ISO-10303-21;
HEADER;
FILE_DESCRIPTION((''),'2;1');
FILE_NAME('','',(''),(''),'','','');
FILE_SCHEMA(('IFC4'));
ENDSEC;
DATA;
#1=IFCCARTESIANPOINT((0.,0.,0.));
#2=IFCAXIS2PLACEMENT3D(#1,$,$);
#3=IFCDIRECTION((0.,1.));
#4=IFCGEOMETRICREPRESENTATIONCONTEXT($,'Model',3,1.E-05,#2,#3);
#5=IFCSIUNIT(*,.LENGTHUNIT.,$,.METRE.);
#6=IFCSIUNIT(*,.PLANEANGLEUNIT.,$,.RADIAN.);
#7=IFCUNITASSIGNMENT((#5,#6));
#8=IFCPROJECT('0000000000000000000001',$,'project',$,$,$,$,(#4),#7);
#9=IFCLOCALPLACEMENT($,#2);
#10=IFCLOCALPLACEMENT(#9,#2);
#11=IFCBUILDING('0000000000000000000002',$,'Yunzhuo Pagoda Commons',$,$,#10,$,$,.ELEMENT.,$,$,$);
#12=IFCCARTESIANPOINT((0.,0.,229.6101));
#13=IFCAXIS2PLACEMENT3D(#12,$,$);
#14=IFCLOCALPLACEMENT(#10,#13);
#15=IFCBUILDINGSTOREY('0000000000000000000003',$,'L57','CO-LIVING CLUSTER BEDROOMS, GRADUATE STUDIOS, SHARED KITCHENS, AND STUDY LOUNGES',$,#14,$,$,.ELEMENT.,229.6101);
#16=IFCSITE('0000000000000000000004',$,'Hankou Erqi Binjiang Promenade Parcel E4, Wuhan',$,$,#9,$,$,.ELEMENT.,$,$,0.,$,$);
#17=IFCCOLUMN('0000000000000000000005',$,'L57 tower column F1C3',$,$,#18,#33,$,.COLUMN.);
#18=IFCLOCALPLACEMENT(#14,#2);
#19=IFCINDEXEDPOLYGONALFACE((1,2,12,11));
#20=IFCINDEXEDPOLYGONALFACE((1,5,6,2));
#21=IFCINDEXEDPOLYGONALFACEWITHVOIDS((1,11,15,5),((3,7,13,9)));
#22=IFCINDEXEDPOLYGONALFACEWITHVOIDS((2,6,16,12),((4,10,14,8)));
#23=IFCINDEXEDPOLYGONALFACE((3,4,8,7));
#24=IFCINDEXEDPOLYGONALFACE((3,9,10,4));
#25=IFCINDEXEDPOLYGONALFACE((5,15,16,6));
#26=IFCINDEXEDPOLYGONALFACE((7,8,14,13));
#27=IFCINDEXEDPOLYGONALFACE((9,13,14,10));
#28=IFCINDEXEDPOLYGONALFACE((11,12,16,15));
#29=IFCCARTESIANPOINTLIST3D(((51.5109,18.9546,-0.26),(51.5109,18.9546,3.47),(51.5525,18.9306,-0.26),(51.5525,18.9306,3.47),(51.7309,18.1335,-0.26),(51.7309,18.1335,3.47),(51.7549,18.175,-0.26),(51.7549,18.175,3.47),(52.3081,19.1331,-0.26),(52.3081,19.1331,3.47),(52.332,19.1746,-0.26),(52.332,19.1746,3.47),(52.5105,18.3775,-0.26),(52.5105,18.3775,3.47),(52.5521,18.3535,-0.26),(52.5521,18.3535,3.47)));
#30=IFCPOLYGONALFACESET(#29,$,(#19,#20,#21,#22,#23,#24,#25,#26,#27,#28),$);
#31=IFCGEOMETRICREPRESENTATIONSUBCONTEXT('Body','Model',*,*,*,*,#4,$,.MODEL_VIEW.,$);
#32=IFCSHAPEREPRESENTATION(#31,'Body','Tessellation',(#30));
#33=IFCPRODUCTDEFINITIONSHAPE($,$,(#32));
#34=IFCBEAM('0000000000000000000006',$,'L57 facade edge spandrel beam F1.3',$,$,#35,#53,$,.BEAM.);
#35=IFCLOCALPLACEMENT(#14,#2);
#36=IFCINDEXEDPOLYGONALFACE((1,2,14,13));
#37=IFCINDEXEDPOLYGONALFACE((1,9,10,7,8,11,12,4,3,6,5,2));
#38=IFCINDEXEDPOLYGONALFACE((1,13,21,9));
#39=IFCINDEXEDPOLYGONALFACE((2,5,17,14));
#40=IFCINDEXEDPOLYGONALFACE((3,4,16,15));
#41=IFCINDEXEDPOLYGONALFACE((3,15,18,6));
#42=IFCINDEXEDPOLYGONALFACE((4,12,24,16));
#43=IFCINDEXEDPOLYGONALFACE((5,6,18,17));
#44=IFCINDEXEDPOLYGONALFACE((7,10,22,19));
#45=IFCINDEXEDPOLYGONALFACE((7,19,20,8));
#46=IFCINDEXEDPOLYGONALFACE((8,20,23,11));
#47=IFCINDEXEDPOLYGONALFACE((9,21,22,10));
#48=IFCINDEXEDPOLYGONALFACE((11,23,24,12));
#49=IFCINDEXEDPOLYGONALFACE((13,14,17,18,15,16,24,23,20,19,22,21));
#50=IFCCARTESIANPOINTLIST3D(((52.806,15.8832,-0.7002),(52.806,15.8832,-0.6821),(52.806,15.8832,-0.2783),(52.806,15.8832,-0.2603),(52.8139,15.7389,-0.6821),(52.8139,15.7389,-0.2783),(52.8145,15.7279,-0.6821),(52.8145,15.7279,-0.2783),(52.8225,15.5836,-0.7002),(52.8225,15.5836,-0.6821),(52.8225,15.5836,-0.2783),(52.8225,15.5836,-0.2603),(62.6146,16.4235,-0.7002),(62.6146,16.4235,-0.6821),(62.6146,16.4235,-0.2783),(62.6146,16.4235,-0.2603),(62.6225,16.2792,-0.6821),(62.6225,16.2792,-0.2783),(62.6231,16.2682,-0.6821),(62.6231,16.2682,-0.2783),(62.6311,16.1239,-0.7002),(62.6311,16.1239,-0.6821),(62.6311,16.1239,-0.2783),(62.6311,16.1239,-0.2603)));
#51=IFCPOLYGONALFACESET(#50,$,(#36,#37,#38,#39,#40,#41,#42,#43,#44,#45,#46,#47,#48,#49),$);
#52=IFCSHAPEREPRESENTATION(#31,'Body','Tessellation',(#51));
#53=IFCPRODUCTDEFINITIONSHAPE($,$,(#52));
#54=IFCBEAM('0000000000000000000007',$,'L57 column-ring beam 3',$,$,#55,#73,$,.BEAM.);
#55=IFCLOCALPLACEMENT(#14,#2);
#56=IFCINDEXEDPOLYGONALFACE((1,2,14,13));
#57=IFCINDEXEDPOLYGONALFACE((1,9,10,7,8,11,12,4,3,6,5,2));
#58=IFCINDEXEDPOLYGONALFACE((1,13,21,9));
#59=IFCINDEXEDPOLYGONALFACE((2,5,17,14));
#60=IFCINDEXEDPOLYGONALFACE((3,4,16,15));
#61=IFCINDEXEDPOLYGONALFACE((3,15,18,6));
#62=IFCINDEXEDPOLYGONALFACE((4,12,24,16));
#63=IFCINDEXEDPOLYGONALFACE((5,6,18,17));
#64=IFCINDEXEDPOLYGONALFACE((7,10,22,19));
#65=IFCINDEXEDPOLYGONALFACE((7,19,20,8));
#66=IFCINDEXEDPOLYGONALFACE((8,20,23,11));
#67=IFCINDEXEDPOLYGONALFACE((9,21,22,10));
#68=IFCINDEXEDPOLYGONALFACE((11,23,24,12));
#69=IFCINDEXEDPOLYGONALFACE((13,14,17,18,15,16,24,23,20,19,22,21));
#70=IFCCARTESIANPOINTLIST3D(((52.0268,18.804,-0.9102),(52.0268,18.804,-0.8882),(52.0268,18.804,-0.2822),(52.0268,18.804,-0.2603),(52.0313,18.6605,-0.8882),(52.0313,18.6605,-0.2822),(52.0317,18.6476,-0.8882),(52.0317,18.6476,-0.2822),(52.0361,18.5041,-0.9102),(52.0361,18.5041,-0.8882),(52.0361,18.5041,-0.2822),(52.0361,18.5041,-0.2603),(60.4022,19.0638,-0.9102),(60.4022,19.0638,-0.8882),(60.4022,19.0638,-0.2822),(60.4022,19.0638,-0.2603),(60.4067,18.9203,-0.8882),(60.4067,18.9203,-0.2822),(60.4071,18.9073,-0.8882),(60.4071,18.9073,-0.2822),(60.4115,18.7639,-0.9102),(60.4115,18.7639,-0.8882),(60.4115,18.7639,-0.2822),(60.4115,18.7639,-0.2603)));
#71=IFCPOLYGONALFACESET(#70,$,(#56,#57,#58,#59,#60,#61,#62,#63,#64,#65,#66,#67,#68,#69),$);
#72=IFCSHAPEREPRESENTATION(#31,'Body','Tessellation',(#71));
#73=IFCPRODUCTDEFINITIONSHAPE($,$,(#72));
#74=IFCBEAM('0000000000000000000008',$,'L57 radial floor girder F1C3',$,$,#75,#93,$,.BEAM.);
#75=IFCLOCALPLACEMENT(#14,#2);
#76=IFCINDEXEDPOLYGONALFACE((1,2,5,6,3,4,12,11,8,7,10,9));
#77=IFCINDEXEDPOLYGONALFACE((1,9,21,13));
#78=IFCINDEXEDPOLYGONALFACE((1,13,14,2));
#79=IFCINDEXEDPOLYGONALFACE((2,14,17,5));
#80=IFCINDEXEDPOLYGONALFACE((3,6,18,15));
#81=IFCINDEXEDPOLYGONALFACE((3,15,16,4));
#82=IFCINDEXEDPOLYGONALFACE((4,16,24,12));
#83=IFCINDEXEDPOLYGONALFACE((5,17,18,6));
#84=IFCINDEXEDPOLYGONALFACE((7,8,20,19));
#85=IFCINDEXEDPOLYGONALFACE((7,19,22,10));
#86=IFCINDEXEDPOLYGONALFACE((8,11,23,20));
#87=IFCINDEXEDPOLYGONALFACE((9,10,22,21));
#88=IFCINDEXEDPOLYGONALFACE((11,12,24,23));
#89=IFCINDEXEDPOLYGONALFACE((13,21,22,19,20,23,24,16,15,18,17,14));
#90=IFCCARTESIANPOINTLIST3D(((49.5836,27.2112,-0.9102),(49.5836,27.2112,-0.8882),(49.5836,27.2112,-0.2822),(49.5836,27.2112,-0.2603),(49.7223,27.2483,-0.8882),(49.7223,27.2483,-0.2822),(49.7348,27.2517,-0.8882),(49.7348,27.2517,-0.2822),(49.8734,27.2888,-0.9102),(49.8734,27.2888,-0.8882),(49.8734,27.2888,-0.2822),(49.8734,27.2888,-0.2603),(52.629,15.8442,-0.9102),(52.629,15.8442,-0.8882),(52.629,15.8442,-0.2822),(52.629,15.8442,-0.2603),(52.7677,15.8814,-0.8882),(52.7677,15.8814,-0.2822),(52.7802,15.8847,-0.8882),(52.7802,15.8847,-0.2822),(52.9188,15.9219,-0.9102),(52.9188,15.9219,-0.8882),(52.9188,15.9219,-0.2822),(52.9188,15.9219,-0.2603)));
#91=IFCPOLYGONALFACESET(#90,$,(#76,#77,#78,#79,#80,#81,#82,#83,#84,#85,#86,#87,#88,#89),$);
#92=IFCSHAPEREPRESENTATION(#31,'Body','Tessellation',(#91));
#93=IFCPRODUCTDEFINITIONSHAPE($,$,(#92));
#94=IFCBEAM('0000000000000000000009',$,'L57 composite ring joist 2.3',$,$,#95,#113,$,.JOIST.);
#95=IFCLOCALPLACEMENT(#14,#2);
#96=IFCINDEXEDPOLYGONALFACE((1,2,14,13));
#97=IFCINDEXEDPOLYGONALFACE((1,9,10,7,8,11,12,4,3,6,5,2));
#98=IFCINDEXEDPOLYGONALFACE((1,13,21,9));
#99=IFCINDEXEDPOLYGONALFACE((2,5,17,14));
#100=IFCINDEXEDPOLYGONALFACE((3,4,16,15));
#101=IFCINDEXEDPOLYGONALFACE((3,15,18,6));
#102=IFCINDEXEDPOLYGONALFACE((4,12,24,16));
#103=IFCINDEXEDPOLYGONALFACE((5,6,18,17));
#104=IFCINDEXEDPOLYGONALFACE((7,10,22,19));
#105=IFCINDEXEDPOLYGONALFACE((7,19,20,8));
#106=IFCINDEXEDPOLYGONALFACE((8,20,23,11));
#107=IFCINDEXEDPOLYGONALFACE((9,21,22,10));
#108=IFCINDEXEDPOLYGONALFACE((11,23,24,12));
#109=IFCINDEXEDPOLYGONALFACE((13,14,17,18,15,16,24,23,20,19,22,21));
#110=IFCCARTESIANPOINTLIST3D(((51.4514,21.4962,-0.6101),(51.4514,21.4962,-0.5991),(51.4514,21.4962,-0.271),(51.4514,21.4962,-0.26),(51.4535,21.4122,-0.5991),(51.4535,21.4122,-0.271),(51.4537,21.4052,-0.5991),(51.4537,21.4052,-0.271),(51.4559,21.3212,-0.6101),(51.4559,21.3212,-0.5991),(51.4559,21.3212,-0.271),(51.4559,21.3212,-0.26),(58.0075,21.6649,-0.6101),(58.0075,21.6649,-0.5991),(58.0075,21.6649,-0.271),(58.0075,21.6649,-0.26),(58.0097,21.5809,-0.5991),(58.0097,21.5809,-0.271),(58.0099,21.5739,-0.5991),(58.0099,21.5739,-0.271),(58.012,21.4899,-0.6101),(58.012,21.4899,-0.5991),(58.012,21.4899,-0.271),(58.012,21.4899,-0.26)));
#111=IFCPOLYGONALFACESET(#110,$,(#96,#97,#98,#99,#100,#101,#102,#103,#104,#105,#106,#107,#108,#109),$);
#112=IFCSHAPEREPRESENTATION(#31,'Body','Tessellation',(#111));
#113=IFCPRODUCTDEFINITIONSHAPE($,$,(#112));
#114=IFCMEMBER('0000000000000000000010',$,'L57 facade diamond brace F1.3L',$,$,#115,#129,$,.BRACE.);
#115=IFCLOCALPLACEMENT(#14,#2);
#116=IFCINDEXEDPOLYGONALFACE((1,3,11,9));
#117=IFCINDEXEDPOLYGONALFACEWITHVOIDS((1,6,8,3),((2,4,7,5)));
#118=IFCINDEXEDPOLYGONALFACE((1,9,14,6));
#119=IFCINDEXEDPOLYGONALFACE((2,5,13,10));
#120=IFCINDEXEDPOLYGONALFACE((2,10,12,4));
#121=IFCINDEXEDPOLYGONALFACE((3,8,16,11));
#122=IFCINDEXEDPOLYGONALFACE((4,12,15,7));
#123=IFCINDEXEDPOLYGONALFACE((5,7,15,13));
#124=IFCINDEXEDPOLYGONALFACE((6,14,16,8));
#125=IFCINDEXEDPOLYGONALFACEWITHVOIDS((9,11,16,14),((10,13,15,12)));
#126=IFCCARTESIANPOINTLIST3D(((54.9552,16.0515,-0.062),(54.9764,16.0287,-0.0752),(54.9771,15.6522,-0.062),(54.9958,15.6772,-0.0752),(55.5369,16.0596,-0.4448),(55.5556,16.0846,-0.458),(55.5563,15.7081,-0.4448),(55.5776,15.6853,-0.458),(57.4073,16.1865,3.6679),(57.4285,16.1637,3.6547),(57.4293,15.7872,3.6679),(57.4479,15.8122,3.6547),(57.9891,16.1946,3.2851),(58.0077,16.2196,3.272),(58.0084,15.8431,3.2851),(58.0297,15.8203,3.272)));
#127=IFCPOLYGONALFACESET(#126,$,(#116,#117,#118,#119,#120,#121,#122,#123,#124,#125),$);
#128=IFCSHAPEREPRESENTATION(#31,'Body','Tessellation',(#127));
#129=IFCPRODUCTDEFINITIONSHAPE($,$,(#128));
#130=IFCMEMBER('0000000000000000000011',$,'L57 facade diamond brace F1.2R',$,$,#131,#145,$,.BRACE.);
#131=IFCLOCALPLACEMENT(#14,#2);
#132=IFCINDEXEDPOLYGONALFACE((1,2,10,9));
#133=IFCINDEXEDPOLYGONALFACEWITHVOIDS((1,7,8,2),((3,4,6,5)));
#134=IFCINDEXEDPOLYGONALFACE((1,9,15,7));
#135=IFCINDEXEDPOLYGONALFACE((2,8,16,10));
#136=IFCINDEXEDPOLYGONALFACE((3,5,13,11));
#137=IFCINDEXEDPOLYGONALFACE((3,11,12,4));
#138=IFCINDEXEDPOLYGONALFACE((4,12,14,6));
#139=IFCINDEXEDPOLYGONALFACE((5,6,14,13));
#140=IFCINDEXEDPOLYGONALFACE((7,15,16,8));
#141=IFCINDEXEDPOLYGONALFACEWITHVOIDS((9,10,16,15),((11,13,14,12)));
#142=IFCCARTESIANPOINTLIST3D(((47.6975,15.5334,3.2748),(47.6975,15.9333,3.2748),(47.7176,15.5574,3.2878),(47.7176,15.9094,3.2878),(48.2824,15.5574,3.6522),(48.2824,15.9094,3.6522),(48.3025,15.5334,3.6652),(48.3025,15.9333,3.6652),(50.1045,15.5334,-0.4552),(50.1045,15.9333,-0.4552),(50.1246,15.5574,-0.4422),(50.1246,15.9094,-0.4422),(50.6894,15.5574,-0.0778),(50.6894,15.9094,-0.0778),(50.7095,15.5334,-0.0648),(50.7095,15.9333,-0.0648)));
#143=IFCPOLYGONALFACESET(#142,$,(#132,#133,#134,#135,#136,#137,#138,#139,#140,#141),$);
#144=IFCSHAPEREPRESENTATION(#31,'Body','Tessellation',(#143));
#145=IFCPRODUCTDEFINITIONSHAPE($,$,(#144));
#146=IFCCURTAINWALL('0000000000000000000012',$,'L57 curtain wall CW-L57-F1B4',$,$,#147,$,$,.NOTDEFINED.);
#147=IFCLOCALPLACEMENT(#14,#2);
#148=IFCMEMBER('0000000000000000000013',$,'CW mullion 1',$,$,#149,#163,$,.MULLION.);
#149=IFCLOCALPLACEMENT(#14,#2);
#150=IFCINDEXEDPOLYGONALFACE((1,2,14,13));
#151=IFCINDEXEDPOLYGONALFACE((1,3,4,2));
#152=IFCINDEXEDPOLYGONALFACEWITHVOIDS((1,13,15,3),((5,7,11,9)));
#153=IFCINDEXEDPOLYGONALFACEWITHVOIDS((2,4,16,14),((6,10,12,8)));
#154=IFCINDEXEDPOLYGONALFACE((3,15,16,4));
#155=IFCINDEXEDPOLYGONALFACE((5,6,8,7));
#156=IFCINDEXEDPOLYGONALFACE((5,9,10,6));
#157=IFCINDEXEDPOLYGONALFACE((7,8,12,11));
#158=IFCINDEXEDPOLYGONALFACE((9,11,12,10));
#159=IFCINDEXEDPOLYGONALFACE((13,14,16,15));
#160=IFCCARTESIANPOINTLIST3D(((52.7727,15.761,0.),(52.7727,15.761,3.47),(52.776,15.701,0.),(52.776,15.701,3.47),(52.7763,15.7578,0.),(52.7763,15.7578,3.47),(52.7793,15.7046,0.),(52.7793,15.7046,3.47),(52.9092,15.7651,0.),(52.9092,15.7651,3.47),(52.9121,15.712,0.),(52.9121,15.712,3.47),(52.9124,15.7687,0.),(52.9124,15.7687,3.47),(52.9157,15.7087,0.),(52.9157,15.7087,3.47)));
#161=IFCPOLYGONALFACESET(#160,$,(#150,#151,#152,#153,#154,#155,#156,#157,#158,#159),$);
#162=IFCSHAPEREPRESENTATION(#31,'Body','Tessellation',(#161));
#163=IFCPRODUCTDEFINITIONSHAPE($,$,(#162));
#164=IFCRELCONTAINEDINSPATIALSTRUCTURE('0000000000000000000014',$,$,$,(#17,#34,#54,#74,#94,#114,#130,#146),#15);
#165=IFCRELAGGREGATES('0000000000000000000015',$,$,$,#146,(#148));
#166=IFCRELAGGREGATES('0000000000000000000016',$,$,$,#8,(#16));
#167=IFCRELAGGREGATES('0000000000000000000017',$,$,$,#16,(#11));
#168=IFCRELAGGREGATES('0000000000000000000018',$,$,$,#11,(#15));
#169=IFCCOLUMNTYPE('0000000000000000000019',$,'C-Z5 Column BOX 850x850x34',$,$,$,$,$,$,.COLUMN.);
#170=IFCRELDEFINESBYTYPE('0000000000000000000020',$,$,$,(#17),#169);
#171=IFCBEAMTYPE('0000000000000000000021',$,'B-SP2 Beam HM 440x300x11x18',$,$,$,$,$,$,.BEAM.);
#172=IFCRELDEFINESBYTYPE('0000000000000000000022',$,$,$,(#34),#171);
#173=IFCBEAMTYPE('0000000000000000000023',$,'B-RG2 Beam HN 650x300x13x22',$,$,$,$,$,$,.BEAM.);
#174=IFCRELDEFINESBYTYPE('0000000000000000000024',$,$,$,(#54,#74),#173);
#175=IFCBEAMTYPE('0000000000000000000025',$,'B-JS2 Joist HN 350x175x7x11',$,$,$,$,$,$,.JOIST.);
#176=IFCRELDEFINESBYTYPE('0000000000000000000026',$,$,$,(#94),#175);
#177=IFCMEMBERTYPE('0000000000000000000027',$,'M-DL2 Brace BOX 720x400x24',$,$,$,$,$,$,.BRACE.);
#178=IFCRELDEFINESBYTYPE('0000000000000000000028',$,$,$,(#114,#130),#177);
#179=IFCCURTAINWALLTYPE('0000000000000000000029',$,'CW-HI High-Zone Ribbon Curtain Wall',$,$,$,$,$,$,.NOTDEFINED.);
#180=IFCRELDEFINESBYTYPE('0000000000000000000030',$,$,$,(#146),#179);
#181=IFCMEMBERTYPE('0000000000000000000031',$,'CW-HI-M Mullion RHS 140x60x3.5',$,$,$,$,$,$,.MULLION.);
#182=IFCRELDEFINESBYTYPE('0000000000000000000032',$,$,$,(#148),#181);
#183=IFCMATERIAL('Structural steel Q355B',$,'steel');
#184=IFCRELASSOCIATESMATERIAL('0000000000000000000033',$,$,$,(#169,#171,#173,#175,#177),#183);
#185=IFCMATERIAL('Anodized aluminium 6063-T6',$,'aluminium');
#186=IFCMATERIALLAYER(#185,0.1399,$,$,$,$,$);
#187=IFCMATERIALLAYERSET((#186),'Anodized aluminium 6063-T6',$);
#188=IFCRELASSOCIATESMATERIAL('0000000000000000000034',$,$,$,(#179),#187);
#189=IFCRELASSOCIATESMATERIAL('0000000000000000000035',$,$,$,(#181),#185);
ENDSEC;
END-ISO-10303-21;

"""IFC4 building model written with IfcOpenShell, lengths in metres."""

from ifc_helpers import new_model, si_unit, direction, frame, origin, origin_2d, place, context, subcontext, project, spatial, hollow_rectangle, i_section, extrude, source, transform, mapped, material, layer, layer_set, material_profile, profile_set, type_object, element, aggregate, save


model = new_model("IFC4")

# Units and contexts
model_context = context("Model", 3, precision=1e-05, world=origin(), true_north=direction((0.0, 1.0)))
body_context = subcontext(model_context, "Body", "Model", "MODEL_VIEW")
ifc_project = project(units=[si_unit("LENGTHUNIT", "METRE"), si_unit("PLANEANGLEUNIT", "RADIAN")], contexts=[model_context])

# Site, building, storey
site_placement = place(None, origin())
site = spatial("IfcSite", under=ifc_project, at=site_placement, Name="Hankou Erqi Binjiang Promenade Parcel E4, Wuhan", CompositionType="ELEMENT", RefElevation=0.0)
building_placement = place(site_placement, origin())
building = spatial("IfcBuilding", under=site, at=building_placement, Name="Yunzhuo Pagoda Commons", CompositionType="ELEMENT")
storey_placement = place(building_placement, frame((0.0, 0.0, 229.6101)))
storey = spatial("IfcBuildingStorey", under=building, at=storey_placement, Name="L57", Description="CO-LIVING CLUSTER BEDROOMS, GRADUATE STUDIOS, SHARED KITCHENS, AND STUDY LOUNGES", CompositionType="ELEMENT", Elevation=229.6101)

# Column
ifc_material_1 = material(Name="Structural steel Q355B", Category="steel")
ifc_material_profile_1 = material_profile(ifc_material_1, hollow_rectangle(XDim=0.8501, YDim=0.8501, WallThickness=0.0339, at=origin_2d()), Name="Structural steel Q355B")
ifc_profile_set_1 = profile_set([ifc_material_profile_1], Name="Structural steel Q355B")
column_type = type_object("IfcColumnType", Name="C-Z5 Column BOX 850x850x34", PredefinedType="COLUMN", material=ifc_profile_set_1)
shared_shape_1 = source(origin(), body_context, "Body", "SweptSolid", [
    extrude(hollow_rectangle(XDim=0.8501, YDim=0.8501, WallThickness=0.0339, at=origin_2d()), origin(), (0.0, 0.0, 1.0), 3.73),
])
column_placement = place(storey_placement, frame((52.0315, 18.6541, -0.26), z_axis=(0.0, 0.0, 1.0), x_axis=(0.965926, 0.258819, 0.0)))
element("IfcColumn", 1, at=column_placement, inside=storey, type_object=column_type, Name="L57 tower column F1C3", PredefinedType="COLUMN", context=body_context, shape_type="MappedRepresentation", body=[
    mapped(shared_shape_1, transform((0.0, 0.0, 0.0), scale=1.0)),
])

# Beams
ifc_material_profile_2 = material_profile(ifc_material_1, i_section(OverallWidth=0.3, OverallDepth=0.4399, WebThickness=0.011, FlangeThickness=0.0181, at=origin_2d()), Name="Structural steel Q355B")
ifc_profile_set_2 = profile_set([ifc_material_profile_2], Name="Structural steel Q355B")
beam_type_1 = type_object("IfcBeamType", Name="B-SP2 Beam HM 440x300x11x18", PredefinedType="BEAM", material=ifc_profile_set_2)
shared_shape_2 = source(origin(), body_context, "Body", "SweptSolid", [
    extrude(i_section(OverallWidth=0.3, OverallDepth=0.4399, WebThickness=0.011, FlangeThickness=0.0181, at=origin_2d()), origin(), (0.0, 0.0, 1.0), 9.8235),
])
beam_1_placement = place(storey_placement, frame((52.8142, 15.7334, -0.4802), z_axis=(0.998486, 0.054999, 0.0), x_axis=(-0.054999, 0.998486, 0.0)))
element("IfcBeam", 2, at=beam_1_placement, inside=storey, type_object=beam_type_1, Name="L57 facade edge spandrel beam F1.3", PredefinedType="BEAM", context=body_context, shape_type="MappedRepresentation", body=[
    mapped(shared_shape_2, transform((0.0, 0.0, 0.0), scale=1.0)),
])
ifc_material_profile_3 = material_profile(ifc_material_1, i_section(OverallWidth=0.3, OverallDepth=0.6499, WebThickness=0.0129, FlangeThickness=0.022, at=origin_2d()), Name="Structural steel Q355B")
ifc_profile_set_3 = profile_set([ifc_material_profile_3], Name="Structural steel Q355B")
beam_type_2 = type_object("IfcBeamType", Name="B-RG2 Beam HN 650x300x13x22", PredefinedType="BEAM", material=ifc_profile_set_3)
shared_shape_3 = source(origin(), body_context, "Body", "SweptSolid", [
    extrude(i_section(OverallWidth=0.3, OverallDepth=0.6499, WebThickness=0.0129, FlangeThickness=0.022, at=origin_2d()), origin(), (0.0, 0.0, 1.0), 8.3794),
])
beam_2_placement = place(storey_placement, frame((52.0315, 18.6541, -0.5852), z_axis=(0.999519, 0.031, 0.0), x_axis=(-0.031, 0.999519, 0.0)))
element("IfcBeam", 3, at=beam_2_placement, inside=storey, type_object=beam_type_2, Name="L57 column-ring beam 3", PredefinedType="BEAM", context=body_context, shape_type="MappedRepresentation", body=[
    mapped(shared_shape_3, transform((0.0, 0.0, 0.0), scale=1.0)),
])
shared_shape_4 = source(origin(), body_context, "Body", "SweptSolid", [
    extrude(i_section(OverallWidth=0.3, OverallDepth=0.6499, WebThickness=0.0129, FlangeThickness=0.022, at=origin_2d()), origin(), (0.0, 0.0, 1.0), 11.7678),
])
beam_3_placement = place(storey_placement, frame((52.7739, 15.8831, -0.5852), z_axis=(-0.258791, 0.965933, 0.0), x_axis=(-0.965933, -0.258791, 0.0)))
element("IfcBeam", 4, at=beam_3_placement, inside=storey, type_object=beam_type_2, Name="L57 radial floor girder F1C3", PredefinedType="BEAM", context=body_context, shape_type="MappedRepresentation", body=[
    mapped(shared_shape_4, transform((0.0, 0.0, 0.0), scale=1.0)),
])
ifc_material_profile_4 = material_profile(ifc_material_1, i_section(OverallWidth=0.175, OverallDepth=0.3501, WebThickness=0.0071, FlangeThickness=0.011, at=origin_2d()), Name="Structural steel Q355B")
ifc_profile_set_4 = profile_set([ifc_material_profile_4], Name="Structural steel Q355B")
beam_type_3 = type_object("IfcBeamType", Name="B-JS2 Joist HN 350x175x7x11", PredefinedType="JOIST", material=ifc_profile_set_4)
shared_shape_5 = source(origin(), body_context, "Body", "SweptSolid", [
    extrude(i_section(OverallWidth=0.175, OverallDepth=0.3501, WebThickness=0.0071, FlangeThickness=0.011, at=origin_2d()), origin(), (0.0, 0.0, 1.0), 6.5583),
])
beam_4_placement = place(storey_placement, frame((51.4536, 21.4087, -0.4351), z_axis=(0.999669, 0.025723, 0.0), x_axis=(-0.025723, 0.999669, 0.0)))
element("IfcBeam", 5, at=beam_4_placement, inside=storey, type_object=beam_type_3, Name="L57 composite ring joist 2.3", PredefinedType="JOIST", context=body_context, shape_type="MappedRepresentation", body=[
    mapped(shared_shape_5, transform((0.0, 0.0, 0.0), scale=1.0)),
])

# Members
ifc_material_profile_5 = material_profile(ifc_material_1, hollow_rectangle(XDim=0.3999, YDim=0.72, WallThickness=0.0239, at=origin_2d()), Name="Structural steel Q355B")
ifc_profile_set_5 = profile_set([ifc_material_profile_5], Name="Structural steel Q355B")
member_type_1 = type_object("IfcMemberType", Name="M-DL2 Brace BOX 720x400x24", PredefinedType="BRACE", material=ifc_profile_set_5)
shared_shape_6 = source(origin(), body_context, "Body", "SweptSolid", [
    extrude(hollow_rectangle(XDim=0.3999, YDim=0.72, WallThickness=0.0239, at=origin_2d()), origin(), (0.0, 0.0, 1.0), 4.4658),
])
member_1_placement = place(storey_placement, frame((55.2664, 15.8684, -0.26), z_axis=(0.549086, 0.030231, 0.835219), x_axis=(-0.054974, 0.998488, 0.0)))
element("IfcMember", 6, at=member_1_placement, inside=storey, type_object=member_type_1, Name="L57 facade diamond brace F1.3L", PredefinedType="BRACE", context=body_context, shape_type="MappedRepresentation", body=[
    mapped(shared_shape_6, transform((0.0, 0.0, 0.0), scale=1.0)),
])
shared_shape_7 = source(origin(), body_context, "Body", "SweptSolid", [
    extrude(hollow_rectangle(XDim=0.3999, YDim=0.72, WallThickness=0.0239, at=origin_2d()), origin(), (0.0, 0.0, 1.0), 4.4392),
])
member_2_placement = place(storey_placement, frame((50.407, 15.7334, -0.26), z_axis=(-0.542213, 0.0, 0.840241), x_axis=(0.0, -1.0, 0.0)))
element("IfcMember", 7, at=member_2_placement, inside=storey, type_object=member_type_1, Name="L57 facade diamond brace F1.2R", PredefinedType="BRACE", context=body_context, shape_type="MappedRepresentation", body=[
    mapped(shared_shape_7, transform((0.0, 0.0, 0.0), scale=1.0)),
])

# Curtain wall, member
ifc_material_2 = material(Name="Anodized aluminium 6063-T6", Category="aluminium")
ifc_layer_1 = layer(ifc_material_2, 0.1399)
ifc_layer_set_1 = layer_set([ifc_layer_1], Name="Anodized aluminium 6063-T6")
curtain_wall_type = type_object("IfcCurtainWallType", Name="CW-HI High-Zone Ribbon Curtain Wall", PredefinedType="NOTDEFINED", material=ifc_layer_set_1)
curtain_wall_1_placement = place(storey_placement, origin())
curtain_wall_1 = element("IfcCurtainWall", 8, at=curtain_wall_1_placement, inside=storey, type_object=curtain_wall_type, Name="L57 curtain wall CW-L57-F1B4", PredefinedType="NOTDEFINED")
ifc_material_profile_6 = material_profile(ifc_material_2, hollow_rectangle(XDim=0.0601, YDim=0.1399, WallThickness=0.0034, at=origin_2d()), Name="Anodized aluminium 6063-T6")
ifc_profile_set_6 = profile_set([ifc_material_profile_6], Name="Anodized aluminium 6063-T6")
member_type_2 = type_object("IfcMemberType", Name="CW-HI-M Mullion RHS 140x60x3.5", PredefinedType="MULLION", material=ifc_profile_set_6)
shared_shape_8 = source(origin(), body_context, "Body", "SweptSolid", [
    extrude(hollow_rectangle(XDim=0.0601, YDim=0.1399, WallThickness=0.0034, at=origin_2d()), origin(), (0.0, 0.0, 1.0), 3.47),
])
member_3_placement = place(storey_placement, frame((52.8442, 15.7349, 0.0), z_axis=(0.0, 0.0, 1.0), x_axis=(-0.054981, 0.998487, 0.0)))
member_3 = element("IfcMember", 9, at=member_3_placement, type_object=member_type_2, Name="CW mullion 1", PredefinedType="MULLION", context=body_context, shape_type="MappedRepresentation", body=[
    mapped(shared_shape_8, transform((0.0, 0.0, 0.0), scale=1.0)),
])

aggregate(curtain_wall_1, [member_3])

save(model, "model.ifc")
